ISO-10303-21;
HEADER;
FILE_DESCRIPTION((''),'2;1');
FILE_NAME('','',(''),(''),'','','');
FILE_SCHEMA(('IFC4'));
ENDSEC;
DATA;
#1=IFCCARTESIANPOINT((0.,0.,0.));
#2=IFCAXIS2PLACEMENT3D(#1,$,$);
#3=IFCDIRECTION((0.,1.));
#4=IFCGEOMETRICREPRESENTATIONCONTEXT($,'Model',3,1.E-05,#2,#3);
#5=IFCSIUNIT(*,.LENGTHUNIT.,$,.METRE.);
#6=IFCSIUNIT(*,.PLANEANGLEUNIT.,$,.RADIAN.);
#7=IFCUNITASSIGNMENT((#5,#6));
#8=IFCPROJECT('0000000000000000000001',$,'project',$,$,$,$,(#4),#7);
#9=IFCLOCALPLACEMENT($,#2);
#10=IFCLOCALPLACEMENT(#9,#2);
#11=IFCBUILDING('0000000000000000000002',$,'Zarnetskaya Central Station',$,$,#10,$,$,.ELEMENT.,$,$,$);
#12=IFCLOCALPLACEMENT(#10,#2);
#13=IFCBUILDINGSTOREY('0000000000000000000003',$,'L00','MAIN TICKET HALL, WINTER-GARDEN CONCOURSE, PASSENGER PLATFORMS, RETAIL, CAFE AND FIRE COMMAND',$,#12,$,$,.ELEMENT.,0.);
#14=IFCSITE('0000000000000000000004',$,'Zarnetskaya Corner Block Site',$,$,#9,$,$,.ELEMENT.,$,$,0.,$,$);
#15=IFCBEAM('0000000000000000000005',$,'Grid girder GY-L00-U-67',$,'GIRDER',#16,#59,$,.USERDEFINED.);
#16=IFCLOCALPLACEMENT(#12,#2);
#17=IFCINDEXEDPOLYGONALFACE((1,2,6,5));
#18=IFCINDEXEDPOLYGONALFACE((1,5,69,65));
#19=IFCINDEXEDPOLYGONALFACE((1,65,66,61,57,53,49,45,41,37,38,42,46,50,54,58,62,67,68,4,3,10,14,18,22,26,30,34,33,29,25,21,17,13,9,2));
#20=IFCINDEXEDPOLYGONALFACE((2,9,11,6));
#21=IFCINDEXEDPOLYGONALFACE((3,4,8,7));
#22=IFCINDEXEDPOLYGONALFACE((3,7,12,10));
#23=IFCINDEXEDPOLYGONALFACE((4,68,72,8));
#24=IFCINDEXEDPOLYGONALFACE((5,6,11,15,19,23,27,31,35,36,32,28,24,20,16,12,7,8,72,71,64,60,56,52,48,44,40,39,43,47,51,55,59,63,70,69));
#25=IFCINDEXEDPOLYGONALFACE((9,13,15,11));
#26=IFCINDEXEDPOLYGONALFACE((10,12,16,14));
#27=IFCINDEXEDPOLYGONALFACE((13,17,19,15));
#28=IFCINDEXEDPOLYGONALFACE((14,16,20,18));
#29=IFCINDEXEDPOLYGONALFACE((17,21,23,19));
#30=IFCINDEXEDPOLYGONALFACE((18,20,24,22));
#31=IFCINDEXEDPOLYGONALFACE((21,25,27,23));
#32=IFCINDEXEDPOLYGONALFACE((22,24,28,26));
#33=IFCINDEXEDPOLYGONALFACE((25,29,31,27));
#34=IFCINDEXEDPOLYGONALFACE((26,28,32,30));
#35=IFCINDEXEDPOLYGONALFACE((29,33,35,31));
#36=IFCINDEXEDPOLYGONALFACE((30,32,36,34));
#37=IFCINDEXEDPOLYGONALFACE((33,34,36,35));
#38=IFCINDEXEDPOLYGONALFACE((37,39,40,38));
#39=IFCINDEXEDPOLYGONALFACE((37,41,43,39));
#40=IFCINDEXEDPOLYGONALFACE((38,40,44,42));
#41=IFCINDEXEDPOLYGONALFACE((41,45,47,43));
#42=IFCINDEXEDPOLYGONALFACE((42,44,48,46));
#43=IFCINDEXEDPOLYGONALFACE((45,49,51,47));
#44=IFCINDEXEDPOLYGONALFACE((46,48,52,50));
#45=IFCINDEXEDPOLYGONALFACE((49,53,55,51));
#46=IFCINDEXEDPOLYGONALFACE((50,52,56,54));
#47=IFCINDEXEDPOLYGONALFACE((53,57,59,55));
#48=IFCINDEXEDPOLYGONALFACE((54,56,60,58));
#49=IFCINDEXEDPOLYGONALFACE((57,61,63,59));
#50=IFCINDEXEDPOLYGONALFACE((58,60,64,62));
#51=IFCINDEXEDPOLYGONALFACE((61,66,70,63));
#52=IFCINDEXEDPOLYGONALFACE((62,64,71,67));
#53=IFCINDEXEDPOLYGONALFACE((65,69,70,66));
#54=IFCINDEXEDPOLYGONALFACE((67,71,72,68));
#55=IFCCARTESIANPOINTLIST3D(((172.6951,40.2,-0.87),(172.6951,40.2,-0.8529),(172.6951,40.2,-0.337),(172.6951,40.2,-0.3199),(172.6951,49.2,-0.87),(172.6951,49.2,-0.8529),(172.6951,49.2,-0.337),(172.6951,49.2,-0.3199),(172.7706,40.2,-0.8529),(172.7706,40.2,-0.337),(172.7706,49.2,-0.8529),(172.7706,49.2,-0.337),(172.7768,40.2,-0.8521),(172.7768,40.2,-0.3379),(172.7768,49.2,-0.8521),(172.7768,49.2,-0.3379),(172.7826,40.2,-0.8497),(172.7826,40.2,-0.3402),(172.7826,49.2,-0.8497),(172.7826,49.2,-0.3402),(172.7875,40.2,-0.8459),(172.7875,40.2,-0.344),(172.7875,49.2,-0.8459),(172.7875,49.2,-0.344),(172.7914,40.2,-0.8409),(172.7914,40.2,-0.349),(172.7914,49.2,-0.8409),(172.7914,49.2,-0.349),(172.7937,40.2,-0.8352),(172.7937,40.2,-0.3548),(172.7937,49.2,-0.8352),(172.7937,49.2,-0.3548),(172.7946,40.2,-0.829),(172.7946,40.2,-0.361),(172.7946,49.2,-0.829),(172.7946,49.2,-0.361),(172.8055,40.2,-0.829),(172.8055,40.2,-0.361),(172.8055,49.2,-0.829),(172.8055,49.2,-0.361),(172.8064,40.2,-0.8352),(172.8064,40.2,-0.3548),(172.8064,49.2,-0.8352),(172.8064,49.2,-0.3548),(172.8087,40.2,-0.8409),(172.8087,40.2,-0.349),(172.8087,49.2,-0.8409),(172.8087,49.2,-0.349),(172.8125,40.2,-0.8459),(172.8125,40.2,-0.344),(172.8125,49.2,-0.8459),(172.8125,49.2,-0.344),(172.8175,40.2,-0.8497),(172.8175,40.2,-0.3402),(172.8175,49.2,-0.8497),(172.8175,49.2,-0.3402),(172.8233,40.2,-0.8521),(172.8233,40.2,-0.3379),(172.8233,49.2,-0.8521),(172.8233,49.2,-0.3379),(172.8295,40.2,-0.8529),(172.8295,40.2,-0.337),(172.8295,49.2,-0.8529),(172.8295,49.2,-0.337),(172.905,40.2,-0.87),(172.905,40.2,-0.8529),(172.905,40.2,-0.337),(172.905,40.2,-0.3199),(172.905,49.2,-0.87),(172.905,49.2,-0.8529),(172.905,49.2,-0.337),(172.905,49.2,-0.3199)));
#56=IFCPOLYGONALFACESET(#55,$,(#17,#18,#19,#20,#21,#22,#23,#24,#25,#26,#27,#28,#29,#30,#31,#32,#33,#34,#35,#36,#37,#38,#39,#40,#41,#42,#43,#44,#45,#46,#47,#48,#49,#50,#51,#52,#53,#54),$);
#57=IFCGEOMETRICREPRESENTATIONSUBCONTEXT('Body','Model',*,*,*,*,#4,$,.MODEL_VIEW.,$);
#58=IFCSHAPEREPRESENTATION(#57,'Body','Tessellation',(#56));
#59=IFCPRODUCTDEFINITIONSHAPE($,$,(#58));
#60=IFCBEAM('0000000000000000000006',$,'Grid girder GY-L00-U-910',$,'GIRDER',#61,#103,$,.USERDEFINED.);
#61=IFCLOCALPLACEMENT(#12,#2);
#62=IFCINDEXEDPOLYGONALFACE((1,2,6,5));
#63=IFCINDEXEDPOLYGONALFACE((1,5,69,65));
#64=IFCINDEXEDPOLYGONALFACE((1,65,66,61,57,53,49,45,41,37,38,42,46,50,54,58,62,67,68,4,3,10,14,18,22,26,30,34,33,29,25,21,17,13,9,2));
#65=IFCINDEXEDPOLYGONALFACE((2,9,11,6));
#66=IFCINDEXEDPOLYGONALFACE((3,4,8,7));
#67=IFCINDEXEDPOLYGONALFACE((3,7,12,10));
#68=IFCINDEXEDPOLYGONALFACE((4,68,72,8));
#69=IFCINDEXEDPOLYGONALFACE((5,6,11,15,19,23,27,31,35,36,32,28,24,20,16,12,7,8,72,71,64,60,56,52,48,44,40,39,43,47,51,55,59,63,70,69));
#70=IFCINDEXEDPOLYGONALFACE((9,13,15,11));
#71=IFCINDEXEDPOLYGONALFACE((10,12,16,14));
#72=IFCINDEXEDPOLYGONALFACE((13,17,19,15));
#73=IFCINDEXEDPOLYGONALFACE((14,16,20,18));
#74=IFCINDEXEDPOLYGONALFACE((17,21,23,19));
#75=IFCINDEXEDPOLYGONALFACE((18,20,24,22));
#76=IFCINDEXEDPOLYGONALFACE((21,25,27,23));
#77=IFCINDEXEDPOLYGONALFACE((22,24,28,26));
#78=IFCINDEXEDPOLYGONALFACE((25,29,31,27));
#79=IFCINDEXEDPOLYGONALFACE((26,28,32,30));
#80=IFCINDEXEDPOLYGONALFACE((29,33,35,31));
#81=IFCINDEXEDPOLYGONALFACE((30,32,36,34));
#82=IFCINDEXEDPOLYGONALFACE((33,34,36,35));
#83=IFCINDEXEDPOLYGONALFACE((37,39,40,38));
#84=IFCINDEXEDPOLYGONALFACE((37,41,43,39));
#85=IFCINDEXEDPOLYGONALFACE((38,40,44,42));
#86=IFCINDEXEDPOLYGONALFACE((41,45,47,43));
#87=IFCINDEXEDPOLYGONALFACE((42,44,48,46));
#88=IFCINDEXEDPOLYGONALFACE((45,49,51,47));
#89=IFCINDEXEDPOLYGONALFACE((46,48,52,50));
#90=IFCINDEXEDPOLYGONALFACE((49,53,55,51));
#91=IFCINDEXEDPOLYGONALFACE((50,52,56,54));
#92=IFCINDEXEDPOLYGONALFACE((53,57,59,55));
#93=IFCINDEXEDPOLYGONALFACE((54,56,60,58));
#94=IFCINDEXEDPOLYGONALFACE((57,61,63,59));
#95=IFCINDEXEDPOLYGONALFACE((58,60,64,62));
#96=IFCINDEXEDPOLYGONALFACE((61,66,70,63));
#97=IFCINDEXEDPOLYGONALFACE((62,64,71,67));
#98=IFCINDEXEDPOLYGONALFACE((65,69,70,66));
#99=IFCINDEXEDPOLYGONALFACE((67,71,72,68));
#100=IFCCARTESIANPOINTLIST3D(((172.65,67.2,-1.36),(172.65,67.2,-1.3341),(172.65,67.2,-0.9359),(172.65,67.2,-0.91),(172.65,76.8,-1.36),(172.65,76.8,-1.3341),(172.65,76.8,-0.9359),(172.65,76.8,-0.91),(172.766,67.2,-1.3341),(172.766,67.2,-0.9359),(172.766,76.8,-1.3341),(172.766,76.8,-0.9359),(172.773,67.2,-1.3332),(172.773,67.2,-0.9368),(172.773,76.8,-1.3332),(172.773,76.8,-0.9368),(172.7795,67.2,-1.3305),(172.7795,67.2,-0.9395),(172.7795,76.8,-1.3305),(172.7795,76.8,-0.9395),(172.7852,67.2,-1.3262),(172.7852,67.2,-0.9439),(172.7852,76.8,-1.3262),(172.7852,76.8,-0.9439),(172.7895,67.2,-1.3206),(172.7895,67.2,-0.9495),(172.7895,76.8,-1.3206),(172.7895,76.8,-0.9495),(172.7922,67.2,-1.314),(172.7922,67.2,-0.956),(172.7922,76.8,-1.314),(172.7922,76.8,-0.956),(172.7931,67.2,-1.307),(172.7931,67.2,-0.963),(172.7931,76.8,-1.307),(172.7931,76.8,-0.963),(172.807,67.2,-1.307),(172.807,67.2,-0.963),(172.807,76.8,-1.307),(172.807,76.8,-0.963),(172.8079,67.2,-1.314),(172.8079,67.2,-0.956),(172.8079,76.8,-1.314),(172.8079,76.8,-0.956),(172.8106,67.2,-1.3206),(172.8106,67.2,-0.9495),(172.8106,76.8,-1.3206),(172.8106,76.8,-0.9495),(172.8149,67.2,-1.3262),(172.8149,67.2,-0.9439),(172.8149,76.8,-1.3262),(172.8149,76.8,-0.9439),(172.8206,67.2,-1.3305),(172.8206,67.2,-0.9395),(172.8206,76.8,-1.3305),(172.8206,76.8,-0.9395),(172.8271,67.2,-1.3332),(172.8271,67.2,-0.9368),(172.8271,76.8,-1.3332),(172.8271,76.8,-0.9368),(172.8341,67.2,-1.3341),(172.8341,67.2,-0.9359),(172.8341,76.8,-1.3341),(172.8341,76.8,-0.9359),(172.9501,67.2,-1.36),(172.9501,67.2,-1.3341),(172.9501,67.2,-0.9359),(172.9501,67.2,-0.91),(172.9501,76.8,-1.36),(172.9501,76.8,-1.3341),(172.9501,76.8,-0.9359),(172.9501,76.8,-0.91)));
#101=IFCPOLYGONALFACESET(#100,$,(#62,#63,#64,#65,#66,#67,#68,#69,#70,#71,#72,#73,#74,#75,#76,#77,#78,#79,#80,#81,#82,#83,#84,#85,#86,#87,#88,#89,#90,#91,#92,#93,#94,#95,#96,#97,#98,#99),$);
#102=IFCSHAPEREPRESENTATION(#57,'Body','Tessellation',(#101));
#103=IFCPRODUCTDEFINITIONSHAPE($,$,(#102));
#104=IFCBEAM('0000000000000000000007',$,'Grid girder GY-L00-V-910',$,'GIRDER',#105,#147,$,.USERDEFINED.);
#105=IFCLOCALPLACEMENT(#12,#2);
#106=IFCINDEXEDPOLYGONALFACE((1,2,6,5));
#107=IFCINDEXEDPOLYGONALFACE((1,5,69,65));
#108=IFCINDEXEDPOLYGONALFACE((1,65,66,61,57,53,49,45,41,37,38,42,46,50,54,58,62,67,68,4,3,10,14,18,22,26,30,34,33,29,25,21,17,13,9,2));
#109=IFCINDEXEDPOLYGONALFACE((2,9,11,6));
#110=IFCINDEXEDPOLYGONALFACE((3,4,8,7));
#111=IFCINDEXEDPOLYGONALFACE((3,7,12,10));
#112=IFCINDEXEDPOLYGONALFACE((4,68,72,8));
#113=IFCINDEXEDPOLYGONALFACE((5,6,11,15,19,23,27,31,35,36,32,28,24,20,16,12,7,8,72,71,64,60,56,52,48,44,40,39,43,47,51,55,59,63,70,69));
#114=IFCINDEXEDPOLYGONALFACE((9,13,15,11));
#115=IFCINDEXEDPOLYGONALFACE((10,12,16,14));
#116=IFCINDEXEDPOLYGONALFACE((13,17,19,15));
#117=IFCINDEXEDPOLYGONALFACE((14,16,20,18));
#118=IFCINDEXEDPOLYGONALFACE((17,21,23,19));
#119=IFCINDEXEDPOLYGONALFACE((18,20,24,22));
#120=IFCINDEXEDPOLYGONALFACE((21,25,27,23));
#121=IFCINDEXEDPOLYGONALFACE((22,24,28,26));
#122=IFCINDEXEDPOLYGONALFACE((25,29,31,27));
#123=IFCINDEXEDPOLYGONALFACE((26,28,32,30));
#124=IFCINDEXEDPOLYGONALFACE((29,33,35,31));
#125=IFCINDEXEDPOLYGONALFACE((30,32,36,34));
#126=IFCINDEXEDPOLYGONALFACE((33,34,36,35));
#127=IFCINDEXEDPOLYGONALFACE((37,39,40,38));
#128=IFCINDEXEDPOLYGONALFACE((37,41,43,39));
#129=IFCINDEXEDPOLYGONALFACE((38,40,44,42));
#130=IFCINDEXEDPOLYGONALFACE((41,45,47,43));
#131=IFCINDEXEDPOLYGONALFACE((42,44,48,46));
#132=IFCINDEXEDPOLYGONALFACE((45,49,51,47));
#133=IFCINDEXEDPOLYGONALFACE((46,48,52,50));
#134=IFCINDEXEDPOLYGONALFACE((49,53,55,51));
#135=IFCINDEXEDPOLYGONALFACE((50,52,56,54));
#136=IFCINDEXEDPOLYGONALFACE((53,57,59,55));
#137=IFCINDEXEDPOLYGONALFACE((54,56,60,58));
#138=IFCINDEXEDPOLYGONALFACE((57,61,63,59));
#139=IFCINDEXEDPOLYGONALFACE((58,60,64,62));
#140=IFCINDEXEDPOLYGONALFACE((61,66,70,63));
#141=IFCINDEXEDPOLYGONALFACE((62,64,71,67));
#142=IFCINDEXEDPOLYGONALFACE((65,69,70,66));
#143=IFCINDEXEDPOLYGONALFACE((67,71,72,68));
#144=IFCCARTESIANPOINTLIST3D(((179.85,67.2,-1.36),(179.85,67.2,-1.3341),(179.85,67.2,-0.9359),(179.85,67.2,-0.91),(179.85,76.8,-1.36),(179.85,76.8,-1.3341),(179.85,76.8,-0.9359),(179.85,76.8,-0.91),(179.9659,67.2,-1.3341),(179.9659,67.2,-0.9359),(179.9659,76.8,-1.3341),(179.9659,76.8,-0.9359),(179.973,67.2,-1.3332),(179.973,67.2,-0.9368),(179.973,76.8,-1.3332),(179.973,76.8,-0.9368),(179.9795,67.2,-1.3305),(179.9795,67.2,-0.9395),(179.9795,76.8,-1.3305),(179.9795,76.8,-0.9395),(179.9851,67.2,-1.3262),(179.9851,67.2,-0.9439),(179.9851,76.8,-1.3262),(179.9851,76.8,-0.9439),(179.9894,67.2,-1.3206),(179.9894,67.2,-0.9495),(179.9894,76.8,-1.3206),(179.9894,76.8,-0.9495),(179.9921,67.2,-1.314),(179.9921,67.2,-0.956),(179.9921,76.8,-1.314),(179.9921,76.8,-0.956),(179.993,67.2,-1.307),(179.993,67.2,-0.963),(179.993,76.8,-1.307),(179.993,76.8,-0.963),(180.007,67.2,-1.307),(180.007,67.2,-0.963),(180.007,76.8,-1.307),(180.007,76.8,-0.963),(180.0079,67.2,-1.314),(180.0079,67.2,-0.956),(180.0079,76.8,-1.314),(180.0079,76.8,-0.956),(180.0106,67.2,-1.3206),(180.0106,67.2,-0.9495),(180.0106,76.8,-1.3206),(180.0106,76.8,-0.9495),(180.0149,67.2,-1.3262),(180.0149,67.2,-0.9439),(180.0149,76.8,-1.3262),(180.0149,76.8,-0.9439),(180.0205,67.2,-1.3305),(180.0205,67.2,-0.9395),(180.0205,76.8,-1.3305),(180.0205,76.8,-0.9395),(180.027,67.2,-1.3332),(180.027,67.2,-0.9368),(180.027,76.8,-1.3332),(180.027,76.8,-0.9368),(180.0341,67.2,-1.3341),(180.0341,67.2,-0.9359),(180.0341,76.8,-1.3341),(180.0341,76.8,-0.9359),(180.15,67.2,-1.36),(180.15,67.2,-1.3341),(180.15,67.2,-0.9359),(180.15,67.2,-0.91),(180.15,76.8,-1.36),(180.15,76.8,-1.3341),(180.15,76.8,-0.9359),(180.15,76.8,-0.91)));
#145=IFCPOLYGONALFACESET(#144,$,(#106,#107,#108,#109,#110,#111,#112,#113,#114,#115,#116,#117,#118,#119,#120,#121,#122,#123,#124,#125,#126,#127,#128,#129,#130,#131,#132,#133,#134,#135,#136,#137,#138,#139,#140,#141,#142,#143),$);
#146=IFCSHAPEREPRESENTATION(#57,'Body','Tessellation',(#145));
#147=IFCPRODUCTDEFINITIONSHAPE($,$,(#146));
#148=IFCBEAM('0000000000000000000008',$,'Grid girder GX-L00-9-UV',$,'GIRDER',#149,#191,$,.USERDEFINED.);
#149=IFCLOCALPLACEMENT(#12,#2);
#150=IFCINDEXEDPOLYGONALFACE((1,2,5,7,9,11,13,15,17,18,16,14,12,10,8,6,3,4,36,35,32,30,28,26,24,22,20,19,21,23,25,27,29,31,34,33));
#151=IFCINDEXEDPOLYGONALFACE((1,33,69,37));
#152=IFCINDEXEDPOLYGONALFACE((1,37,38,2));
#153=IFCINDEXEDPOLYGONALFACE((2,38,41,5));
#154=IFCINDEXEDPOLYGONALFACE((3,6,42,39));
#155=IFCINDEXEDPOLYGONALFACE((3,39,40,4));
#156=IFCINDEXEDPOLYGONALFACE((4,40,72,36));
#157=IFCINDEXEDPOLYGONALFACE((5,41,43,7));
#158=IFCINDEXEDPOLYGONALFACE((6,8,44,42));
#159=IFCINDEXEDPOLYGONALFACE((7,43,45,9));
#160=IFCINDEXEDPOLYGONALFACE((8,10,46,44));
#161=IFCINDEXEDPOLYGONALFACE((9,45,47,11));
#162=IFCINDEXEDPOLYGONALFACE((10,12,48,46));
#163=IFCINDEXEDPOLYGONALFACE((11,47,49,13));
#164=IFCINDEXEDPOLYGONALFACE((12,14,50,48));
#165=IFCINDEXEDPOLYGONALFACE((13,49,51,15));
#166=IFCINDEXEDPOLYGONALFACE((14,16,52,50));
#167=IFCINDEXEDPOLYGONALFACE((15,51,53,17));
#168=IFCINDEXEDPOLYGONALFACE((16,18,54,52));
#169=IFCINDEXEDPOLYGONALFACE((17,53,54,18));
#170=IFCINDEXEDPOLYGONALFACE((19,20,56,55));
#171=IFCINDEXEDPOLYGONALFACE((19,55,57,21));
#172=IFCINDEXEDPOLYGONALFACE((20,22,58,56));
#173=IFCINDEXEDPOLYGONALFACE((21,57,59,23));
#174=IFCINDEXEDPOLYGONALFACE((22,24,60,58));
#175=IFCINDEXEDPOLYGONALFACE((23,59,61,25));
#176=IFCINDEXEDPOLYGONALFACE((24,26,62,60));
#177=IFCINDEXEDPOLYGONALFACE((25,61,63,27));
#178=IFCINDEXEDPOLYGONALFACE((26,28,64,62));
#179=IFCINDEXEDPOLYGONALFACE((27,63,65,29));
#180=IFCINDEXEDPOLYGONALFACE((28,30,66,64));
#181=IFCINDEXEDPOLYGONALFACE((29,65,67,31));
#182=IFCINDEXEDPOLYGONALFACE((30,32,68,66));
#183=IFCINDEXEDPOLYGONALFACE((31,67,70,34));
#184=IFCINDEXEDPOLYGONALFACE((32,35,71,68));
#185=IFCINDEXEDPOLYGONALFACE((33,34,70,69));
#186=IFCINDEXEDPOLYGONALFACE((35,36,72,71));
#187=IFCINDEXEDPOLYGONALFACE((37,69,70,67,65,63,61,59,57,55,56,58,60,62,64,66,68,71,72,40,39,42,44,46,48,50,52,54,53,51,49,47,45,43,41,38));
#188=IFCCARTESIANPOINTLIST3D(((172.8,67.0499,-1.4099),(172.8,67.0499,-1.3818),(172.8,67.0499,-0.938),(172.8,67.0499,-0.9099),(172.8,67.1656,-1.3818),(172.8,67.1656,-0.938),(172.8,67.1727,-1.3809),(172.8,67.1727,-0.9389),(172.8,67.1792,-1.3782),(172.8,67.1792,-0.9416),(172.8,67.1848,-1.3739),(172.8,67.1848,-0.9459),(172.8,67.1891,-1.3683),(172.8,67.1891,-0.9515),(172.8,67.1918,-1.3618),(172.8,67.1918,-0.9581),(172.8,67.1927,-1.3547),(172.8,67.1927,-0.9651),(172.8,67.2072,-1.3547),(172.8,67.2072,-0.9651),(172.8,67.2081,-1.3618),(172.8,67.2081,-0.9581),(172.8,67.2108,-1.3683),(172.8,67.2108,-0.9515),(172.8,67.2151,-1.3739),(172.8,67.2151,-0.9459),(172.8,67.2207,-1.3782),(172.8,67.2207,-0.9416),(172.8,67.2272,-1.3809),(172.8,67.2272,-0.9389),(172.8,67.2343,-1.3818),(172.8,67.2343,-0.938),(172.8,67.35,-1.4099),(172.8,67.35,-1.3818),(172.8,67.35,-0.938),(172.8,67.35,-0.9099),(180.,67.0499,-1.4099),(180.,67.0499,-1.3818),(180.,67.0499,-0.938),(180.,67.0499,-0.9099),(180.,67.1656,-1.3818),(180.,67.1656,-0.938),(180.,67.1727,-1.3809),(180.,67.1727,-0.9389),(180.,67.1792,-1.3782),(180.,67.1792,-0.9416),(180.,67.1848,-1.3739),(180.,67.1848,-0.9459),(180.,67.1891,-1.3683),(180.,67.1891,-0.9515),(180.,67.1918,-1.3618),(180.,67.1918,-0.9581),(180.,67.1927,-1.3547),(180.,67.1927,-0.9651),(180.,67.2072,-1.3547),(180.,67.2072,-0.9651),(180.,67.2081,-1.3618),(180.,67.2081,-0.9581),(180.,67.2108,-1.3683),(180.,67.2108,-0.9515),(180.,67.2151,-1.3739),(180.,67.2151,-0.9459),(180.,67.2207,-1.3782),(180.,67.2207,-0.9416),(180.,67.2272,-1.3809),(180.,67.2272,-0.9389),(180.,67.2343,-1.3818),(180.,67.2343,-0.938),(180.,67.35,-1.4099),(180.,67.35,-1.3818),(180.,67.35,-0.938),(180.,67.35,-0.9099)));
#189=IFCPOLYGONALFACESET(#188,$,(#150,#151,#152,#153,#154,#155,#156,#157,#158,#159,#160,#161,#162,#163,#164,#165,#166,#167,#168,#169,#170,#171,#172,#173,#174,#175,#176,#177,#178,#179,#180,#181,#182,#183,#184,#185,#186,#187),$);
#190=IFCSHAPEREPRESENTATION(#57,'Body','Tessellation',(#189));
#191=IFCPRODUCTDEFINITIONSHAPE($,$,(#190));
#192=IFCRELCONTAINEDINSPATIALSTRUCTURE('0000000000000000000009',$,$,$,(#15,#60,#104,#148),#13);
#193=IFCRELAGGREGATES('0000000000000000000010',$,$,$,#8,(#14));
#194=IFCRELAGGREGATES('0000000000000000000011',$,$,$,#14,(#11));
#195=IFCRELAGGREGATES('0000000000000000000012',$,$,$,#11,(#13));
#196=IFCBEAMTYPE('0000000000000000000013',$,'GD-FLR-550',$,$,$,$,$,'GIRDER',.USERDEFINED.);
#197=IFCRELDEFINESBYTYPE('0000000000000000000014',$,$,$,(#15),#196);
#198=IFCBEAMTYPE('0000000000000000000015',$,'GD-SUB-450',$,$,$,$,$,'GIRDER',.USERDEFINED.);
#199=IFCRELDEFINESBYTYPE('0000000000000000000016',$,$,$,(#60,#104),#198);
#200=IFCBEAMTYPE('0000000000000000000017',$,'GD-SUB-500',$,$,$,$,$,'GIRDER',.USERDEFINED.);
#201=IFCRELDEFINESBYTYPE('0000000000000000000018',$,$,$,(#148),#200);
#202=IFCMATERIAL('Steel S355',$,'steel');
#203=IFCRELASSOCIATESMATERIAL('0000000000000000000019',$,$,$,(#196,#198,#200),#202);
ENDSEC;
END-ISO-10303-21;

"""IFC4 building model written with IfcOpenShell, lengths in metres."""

from ifc_helpers import new_model, si_unit, direction, frame, origin, origin_2d, place, context, subcontext, project, spatial, i_section, extrude, material, material_profile, profile_set, type_object, element, save


model = new_model("IFC4")

# Units and contexts
model_context = context("Model", 3, precision=1e-05, world=origin(), true_north=direction((0.0, 1.0)))
body_context = subcontext(model_context, "Body", "Model", "MODEL_VIEW")
ifc_project = project(units=[si_unit("LENGTHUNIT", "METRE"), si_unit("PLANEANGLEUNIT", "RADIAN")], contexts=[model_context])

# Site, building, storey
site_placement = place(None, origin())
site = spatial("IfcSite", under=ifc_project, at=site_placement, Name="Zarnetskaya Corner Block Site", CompositionType="ELEMENT", RefElevation=0.0)
building_placement = place(site_placement, origin())
building = spatial("IfcBuilding", under=site, at=building_placement, Name="Zarnetskaya Central Station", CompositionType="ELEMENT")
storey_placement = place(building_placement, origin())
storey = spatial("IfcBuildingStorey", under=building, at=storey_placement, Name="L00", Description="MAIN TICKET HALL, WINTER-GARDEN CONCOURSE, PASSENGER PLATFORMS, RETAIL, CAFE AND FIRE COMMAND", CompositionType="ELEMENT", Elevation=0.0)

# Shared definitions
ifc_material_1 = material(Name="Steel S355", Category="steel")

# Beams
ifc_material_profile_1 = material_profile(ifc_material_1, i_section(OverallWidth=0.21, OverallDepth=0.55, WebThickness=0.011, FlangeThickness=0.0171, FilletRadius=0.0239, at=origin_2d()), Name="IPE 550")
ifc_profile_set_1 = profile_set([ifc_material_profile_1], Name="Steel S355")
beam_type_1 = type_object("IfcBeamType", Name="GD-FLR-550", ElementType="GIRDER", PredefinedType="USERDEFINED", material=ifc_profile_set_1)
beam_placement = place(storey_placement, frame((172.8, 40.2, -0.595), z_axis=(0.0, 1.0, 0.0), x_axis=(-1.0, 0.0, 0.0)))
element("IfcBeam", 1, at=beam_placement, inside=storey, type_object=beam_type_1, Name="Grid girder GY-L00-U-67", ObjectType="GIRDER", PredefinedType="USERDEFINED", context=body_context, shape_type="SweptSolid", body=[
    extrude(i_section(OverallWidth=0.21, OverallDepth=0.55, WebThickness=0.011, FlangeThickness=0.0171, FilletRadius=0.0239, at=origin_2d()), origin(), (0.0, 0.0, 1.0), 9.0),
])
ifc_material_profile_2 = material_profile(ifc_material_1, i_section(OverallWidth=0.3, OverallDepth=0.45, WebThickness=0.0139, FlangeThickness=0.0259, FilletRadius=0.0271, at=origin_2d()), Name="HEB 450")
ifc_profile_set_2 = profile_set([ifc_material_profile_2], Name="Steel S355")
beam_type_2 = type_object("IfcBeamType", Name="GD-SUB-450", ElementType="GIRDER", PredefinedType="USERDEFINED", material=ifc_profile_set_2)
for number, where, z_axis, x_axis, name in (
    (2, (172.8, 67.2, -1.135), (0.0, 1.0, 0.0), (-1.0, 0.0, 0.0), "Grid girder GY-L00-U-910"),
    (3, (180.0, 67.2, -1.135), (0.0, 1.0, 0.0), (-1.0, 0.0, 0.0), "Grid girder GY-L00-V-910"),
):
    element("IfcBeam", number, at=place(storey_placement, frame(where, z_axis=z_axis, x_axis=x_axis)), inside=storey, type_object=beam_type_2, Name=name, ObjectType="GIRDER", PredefinedType="USERDEFINED", context=body_context, shape_type="SweptSolid", body=[
        extrude(i_section(OverallWidth=0.3, OverallDepth=0.45, WebThickness=0.0139, FlangeThickness=0.0259, FilletRadius=0.0271, at=origin_2d()), origin(), (0.0, 0.0, 1.0), 9.6001),
    ])
ifc_material_profile_3 = material_profile(ifc_material_1, i_section(OverallWidth=0.3, OverallDepth=0.5, WebThickness=0.0144, FlangeThickness=0.0281, FilletRadius=0.0271, at=origin_2d()), Name="HEB 500")
ifc_profile_set_3 = profile_set([ifc_material_profile_3], Name="Steel S355")
beam_type_3 = type_object("IfcBeamType", Name="GD-SUB-500", ElementType="GIRDER", PredefinedType="USERDEFINED", material=ifc_profile_set_3)
for number, where, z_axis, x_axis, name in (
    (4, (172.8, 67.2, -1.1599), (1.0, 0.0, 0.0), (0.0, 1.0, 0.0), "Grid girder GX-L00-9-UV"),
):
    element("IfcBeam", number, at=place(storey_placement, frame(where, z_axis=z_axis, x_axis=x_axis)), inside=storey, type_object=beam_type_3, Name=name, ObjectType="GIRDER", PredefinedType="USERDEFINED", context=body_context, shape_type="SweptSolid", body=[
        extrude(i_section(OverallWidth=0.3, OverallDepth=0.5, WebThickness=0.0144, FlangeThickness=0.0281, FilletRadius=0.0271, at=origin_2d()), origin(), (0.0, 0.0, 1.0), 7.2),
    ])

save(model, "model.ifc")
